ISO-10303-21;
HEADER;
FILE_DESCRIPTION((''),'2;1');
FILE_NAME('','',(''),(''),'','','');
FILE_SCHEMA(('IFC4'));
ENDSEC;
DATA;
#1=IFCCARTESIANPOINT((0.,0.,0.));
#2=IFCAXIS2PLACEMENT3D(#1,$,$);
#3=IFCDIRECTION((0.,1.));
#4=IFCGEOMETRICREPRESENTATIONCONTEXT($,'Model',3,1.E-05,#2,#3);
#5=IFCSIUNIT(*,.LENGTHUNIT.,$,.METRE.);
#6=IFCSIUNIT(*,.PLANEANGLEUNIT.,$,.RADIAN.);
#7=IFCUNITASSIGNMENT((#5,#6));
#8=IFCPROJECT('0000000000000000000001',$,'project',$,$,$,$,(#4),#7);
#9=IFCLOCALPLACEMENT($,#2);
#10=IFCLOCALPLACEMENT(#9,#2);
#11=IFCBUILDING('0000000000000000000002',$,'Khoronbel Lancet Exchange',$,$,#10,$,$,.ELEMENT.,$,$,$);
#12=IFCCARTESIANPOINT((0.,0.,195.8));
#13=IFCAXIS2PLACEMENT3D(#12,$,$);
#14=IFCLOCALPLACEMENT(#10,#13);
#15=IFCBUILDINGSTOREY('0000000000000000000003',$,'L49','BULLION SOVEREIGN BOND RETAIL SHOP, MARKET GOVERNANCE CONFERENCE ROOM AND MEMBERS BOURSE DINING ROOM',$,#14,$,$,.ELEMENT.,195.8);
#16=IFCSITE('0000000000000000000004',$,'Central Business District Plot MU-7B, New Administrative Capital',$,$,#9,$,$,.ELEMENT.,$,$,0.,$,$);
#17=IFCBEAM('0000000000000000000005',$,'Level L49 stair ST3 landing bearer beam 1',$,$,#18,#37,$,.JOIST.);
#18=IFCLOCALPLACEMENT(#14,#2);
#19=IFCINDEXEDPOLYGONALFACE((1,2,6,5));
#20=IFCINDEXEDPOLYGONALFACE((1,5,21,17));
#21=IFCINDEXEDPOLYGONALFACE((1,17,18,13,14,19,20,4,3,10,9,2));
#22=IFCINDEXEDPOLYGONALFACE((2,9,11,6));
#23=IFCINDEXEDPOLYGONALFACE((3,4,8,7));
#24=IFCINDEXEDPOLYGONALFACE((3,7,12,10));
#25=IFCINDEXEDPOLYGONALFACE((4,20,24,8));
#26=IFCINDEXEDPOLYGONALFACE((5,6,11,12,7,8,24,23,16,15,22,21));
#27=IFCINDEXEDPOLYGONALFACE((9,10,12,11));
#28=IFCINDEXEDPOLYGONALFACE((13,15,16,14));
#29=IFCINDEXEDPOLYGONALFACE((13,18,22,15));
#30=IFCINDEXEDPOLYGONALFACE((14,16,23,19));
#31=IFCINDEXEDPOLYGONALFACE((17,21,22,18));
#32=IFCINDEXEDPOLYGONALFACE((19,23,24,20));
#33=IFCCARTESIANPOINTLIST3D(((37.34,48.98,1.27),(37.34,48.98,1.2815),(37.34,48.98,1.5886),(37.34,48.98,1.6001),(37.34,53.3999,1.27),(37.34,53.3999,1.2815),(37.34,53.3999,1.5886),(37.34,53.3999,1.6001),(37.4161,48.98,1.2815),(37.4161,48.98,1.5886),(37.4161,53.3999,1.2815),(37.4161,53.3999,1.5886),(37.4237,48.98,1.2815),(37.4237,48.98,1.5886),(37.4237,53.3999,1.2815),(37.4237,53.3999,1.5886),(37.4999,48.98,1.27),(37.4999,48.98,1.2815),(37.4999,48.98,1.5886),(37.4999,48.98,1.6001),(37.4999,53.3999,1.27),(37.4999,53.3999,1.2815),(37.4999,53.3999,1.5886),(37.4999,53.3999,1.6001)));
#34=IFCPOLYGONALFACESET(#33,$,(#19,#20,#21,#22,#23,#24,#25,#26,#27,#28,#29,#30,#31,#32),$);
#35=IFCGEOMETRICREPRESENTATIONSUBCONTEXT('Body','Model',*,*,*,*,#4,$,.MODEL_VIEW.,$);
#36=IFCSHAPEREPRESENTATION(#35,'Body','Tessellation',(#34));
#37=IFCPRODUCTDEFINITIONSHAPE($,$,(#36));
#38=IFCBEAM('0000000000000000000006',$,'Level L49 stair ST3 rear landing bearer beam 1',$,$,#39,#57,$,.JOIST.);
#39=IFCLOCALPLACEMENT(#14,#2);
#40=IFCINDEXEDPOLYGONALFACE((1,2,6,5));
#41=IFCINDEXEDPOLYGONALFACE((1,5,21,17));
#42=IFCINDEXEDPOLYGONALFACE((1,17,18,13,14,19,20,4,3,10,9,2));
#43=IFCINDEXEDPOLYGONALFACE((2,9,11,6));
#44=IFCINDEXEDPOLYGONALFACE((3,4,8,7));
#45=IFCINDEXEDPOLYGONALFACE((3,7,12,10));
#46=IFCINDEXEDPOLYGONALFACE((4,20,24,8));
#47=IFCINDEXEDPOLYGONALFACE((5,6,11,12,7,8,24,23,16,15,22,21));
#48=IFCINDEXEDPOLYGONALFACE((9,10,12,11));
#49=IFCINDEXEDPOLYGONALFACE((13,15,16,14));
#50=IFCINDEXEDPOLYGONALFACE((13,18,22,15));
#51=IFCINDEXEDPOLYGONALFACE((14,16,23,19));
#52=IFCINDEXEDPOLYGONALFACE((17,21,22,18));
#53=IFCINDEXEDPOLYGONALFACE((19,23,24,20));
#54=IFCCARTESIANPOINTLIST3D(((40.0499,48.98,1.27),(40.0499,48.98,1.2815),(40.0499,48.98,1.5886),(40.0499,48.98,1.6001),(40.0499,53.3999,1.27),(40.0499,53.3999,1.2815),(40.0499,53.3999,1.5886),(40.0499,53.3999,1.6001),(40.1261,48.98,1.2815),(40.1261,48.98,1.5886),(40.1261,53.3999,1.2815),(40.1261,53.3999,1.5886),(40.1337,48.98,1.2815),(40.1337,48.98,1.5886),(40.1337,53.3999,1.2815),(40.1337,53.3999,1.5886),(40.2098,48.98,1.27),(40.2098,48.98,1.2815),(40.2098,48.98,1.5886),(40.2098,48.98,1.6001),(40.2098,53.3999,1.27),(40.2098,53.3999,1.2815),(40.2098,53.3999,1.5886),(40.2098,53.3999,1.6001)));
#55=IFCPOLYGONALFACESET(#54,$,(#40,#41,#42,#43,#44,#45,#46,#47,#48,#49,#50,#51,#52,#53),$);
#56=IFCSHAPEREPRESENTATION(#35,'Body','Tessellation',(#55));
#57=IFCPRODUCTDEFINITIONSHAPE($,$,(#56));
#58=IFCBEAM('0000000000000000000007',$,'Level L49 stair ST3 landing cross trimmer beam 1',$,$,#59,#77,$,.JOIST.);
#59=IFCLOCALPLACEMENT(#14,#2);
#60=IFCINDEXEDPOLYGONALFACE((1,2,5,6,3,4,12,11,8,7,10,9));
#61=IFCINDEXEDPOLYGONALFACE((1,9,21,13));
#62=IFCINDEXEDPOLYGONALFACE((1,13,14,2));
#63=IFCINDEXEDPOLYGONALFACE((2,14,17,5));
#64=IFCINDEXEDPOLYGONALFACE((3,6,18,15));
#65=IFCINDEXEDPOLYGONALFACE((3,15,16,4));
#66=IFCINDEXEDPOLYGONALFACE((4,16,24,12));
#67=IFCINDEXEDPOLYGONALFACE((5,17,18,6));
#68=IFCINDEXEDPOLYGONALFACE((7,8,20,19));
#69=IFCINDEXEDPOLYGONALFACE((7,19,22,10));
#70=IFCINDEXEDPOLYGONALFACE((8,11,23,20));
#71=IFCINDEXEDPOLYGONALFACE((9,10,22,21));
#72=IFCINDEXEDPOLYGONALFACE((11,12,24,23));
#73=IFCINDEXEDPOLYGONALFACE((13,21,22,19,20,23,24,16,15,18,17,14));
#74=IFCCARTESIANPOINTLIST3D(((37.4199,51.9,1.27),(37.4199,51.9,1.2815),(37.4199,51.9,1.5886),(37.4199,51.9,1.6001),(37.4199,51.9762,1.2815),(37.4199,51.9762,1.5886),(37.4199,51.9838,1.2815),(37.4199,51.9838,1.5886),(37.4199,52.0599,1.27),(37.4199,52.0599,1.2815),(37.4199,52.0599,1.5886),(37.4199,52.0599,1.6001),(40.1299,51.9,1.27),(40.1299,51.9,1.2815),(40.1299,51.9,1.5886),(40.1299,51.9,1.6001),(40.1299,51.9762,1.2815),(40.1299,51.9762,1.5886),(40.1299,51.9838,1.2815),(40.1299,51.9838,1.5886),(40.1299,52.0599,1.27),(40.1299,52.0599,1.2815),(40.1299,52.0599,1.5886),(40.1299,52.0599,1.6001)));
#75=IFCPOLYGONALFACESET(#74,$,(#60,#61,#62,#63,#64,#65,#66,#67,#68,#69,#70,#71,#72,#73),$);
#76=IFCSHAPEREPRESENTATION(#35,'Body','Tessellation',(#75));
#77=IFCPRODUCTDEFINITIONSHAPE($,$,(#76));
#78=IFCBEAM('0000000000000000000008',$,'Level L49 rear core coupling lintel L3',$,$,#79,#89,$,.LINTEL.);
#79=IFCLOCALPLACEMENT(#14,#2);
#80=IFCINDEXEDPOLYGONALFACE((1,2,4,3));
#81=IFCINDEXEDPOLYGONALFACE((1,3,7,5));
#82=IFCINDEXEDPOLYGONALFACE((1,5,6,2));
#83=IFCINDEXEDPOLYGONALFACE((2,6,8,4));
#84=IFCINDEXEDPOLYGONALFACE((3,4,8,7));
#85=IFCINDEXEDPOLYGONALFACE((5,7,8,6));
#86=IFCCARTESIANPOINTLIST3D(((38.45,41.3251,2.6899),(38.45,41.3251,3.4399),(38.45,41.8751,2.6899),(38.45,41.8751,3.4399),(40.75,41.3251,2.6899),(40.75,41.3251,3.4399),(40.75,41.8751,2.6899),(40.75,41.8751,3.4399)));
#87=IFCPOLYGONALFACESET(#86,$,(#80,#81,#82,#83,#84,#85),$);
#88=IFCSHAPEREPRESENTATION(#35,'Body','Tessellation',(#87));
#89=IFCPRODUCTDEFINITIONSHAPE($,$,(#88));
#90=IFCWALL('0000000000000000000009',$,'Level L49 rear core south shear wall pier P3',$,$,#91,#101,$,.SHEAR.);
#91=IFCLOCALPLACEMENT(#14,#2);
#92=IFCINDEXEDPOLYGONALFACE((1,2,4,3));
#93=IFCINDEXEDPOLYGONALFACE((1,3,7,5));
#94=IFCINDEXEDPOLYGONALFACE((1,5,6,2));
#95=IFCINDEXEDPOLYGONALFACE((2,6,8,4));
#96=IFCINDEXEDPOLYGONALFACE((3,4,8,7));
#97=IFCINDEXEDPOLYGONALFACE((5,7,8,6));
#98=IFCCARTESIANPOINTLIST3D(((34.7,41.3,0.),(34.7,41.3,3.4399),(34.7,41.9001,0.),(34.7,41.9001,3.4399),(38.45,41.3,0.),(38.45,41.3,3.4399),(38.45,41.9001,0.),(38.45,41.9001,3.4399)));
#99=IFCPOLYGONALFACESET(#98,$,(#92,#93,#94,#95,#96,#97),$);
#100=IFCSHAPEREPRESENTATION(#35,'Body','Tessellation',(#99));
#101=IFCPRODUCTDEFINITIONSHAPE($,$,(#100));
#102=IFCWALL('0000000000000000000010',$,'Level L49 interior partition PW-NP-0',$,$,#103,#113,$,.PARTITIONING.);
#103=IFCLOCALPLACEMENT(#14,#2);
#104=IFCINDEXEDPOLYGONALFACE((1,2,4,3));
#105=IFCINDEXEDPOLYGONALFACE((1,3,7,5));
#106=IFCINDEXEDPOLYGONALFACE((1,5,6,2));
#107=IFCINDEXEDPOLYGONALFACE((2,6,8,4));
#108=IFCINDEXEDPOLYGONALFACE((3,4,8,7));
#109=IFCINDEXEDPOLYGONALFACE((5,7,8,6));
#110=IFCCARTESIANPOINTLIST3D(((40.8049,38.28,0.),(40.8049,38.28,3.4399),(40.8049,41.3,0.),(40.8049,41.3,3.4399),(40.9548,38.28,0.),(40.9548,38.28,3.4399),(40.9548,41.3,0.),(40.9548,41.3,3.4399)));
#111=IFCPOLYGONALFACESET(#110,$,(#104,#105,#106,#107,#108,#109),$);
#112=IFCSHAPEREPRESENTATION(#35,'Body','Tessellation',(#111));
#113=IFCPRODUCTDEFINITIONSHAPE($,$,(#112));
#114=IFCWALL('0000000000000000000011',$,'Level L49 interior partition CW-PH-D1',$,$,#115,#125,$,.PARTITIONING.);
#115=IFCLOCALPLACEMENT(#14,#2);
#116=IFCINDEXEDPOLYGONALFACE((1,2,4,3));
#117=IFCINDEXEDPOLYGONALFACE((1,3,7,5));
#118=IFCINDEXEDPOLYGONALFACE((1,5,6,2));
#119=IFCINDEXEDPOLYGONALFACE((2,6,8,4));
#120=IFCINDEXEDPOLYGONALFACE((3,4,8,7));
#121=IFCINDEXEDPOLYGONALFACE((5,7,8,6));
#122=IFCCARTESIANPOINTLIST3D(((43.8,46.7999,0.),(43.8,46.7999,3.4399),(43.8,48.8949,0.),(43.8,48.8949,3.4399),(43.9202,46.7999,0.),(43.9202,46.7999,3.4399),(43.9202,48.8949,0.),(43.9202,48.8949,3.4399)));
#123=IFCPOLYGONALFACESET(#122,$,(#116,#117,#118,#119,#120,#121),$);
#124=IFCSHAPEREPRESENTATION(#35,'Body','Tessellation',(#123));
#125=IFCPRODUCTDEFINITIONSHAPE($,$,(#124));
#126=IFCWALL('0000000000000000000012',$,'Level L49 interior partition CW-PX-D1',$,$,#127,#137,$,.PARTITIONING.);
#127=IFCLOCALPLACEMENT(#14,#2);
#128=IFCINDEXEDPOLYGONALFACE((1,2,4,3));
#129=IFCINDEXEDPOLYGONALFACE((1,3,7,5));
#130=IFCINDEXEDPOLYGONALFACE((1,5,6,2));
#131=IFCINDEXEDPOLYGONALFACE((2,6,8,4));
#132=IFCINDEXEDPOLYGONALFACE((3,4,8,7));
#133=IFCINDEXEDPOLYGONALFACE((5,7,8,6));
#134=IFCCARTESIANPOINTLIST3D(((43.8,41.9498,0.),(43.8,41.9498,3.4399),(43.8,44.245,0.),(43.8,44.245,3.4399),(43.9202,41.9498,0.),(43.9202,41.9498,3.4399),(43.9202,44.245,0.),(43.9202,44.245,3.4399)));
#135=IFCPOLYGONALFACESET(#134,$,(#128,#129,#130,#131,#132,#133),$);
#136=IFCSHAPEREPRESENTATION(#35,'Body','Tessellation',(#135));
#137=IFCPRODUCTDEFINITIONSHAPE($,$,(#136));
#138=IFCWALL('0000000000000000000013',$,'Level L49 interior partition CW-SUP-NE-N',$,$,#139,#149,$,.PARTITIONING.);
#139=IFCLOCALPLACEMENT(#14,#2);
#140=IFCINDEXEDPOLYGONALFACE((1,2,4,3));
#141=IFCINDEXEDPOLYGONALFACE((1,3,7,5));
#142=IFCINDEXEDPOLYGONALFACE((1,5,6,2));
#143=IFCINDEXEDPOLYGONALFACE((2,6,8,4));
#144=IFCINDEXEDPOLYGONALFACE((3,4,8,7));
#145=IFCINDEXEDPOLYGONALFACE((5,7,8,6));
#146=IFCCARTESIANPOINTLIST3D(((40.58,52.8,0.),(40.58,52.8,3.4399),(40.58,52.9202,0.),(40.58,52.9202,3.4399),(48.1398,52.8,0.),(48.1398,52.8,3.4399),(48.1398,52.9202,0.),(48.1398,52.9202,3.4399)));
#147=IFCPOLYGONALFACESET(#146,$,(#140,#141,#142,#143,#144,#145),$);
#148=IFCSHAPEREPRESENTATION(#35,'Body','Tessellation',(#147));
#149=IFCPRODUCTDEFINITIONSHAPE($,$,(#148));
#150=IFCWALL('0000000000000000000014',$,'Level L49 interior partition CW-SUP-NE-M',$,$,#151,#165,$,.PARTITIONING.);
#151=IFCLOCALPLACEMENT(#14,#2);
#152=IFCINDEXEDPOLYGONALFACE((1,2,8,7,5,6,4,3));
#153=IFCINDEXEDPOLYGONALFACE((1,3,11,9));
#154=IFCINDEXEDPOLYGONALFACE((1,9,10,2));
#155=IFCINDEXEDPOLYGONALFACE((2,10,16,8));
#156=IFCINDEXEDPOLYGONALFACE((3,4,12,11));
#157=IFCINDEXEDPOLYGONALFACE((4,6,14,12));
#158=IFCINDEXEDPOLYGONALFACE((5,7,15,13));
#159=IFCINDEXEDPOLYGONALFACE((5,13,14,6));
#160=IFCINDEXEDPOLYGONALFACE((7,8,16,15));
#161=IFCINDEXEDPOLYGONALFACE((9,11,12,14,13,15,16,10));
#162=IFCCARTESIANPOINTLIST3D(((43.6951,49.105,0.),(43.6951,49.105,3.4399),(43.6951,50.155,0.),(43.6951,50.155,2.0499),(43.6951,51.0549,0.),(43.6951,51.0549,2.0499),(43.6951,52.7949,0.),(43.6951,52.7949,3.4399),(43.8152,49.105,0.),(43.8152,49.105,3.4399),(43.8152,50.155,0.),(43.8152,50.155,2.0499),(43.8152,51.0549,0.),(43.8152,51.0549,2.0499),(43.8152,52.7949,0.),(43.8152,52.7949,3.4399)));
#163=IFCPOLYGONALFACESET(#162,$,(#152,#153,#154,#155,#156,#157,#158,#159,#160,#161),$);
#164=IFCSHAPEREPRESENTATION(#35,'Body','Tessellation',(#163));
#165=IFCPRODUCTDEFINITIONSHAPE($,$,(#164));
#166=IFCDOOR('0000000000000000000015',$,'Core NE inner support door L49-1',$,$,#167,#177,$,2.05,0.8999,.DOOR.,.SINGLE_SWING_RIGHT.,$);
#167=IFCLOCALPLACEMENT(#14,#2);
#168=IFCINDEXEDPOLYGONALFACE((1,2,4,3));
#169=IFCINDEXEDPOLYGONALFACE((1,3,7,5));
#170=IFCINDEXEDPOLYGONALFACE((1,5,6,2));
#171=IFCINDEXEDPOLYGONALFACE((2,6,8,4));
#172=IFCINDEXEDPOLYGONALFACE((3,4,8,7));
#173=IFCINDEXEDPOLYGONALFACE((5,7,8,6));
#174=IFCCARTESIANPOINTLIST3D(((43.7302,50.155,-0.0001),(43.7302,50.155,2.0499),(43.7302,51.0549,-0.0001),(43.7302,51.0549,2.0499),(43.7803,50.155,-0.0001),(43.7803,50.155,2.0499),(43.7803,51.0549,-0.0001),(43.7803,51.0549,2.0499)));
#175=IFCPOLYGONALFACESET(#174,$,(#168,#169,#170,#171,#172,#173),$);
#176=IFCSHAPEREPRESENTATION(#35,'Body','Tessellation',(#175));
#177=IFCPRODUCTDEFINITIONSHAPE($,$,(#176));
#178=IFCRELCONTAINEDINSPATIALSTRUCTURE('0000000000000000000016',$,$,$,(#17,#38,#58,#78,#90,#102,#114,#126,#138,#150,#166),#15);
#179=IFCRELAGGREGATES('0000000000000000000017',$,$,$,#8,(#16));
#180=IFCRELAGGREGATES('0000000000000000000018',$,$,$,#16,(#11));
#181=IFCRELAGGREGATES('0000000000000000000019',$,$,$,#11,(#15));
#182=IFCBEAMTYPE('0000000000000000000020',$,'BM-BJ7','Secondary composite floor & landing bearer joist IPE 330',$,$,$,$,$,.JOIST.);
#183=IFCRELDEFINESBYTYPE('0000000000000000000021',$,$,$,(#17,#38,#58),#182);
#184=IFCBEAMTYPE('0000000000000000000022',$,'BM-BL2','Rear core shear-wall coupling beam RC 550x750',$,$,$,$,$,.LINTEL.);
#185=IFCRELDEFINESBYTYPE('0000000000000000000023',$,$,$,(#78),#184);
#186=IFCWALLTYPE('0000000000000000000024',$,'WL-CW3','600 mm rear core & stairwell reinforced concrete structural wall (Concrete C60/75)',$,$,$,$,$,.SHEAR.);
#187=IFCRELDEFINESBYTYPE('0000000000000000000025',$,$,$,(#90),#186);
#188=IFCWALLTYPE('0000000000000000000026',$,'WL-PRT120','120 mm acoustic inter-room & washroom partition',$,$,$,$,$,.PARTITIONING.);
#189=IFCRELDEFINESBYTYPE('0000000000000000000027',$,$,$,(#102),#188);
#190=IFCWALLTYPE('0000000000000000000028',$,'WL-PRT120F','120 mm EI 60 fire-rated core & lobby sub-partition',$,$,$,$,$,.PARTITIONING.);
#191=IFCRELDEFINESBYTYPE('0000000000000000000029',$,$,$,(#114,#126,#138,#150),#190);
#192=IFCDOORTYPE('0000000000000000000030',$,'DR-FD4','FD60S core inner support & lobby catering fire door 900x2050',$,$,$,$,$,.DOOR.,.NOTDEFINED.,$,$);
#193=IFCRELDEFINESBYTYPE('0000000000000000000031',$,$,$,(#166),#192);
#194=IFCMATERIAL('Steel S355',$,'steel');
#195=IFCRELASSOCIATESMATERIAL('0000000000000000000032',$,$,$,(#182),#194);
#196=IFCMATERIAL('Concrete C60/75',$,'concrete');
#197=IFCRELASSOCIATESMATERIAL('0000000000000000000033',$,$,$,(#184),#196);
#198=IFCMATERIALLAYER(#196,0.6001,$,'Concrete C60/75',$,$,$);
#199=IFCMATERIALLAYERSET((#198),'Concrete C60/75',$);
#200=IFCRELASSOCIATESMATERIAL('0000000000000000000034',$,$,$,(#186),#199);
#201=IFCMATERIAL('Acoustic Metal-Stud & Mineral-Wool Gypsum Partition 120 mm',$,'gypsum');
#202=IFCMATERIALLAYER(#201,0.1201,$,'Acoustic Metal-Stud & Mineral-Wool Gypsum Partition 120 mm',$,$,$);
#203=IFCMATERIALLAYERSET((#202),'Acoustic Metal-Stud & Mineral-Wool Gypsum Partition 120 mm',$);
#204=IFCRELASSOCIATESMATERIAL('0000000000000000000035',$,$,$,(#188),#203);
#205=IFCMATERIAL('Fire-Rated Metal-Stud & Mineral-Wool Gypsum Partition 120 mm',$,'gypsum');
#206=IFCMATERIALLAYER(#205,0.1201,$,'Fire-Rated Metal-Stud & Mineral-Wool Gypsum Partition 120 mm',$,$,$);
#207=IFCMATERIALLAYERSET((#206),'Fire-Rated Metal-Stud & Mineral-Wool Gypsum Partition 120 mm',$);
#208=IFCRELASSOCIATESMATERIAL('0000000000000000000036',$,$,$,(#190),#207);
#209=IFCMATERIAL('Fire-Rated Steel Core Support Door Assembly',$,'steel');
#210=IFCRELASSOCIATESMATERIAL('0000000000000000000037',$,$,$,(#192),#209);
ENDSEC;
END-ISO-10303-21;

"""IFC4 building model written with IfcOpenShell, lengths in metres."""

from ifc_helpers import new_model, si_unit, direction, frame, frame_2d, origin, origin_2d, place, context, subcontext, project, spatial, rectangle, i_section, extrude, material, layer, layer_set, material_profile, profile_set, type_object, element, fill, save


model = new_model("IFC4")

# Units and contexts
model_context = context("Model", 3, precision=1e-05, world=origin(), true_north=direction((0.0, 1.0)))
body_context = subcontext(model_context, "Body", "Model", "MODEL_VIEW")
ifc_project = project(units=[si_unit("LENGTHUNIT", "METRE"), si_unit("PLANEANGLEUNIT", "RADIAN")], contexts=[model_context])

# Site, building, storey
site_placement = place(None, origin())
site = spatial("IfcSite", under=ifc_project, at=site_placement, Name="Central Business District Plot MU-7B, New Administrative Capital", CompositionType="ELEMENT", RefElevation=0.0)
building_placement = place(site_placement, origin())
building = spatial("IfcBuilding", under=site, at=building_placement, Name="Khoronbel Lancet Exchange", CompositionType="ELEMENT")
storey_placement = place(building_placement, frame((0.0, 0.0, 195.8)))
storey = spatial("IfcBuildingStorey", under=building, at=storey_placement, Name="L49", Description="BULLION SOVEREIGN BOND RETAIL SHOP, MARKET GOVERNANCE CONFERENCE ROOM AND MEMBERS BOURSE DINING ROOM", CompositionType="ELEMENT", Elevation=195.8)

# Beams
ifc_material_1 = material(Name="Steel S355", Category="steel")
ifc_material_profile_1 = material_profile(ifc_material_1, i_section(OverallWidth=0.1599, OverallDepth=0.3301, WebThickness=0.0076, FlangeThickness=0.0115, at=origin_2d()), Name="IPE 330")
ifc_profile_set_1 = profile_set([ifc_material_profile_1], Name="Steel S355")
beam_type_1 = type_object("IfcBeamType", Name="BM-BJ7", Description="Secondary composite floor & landing bearer joist IPE 330", PredefinedType="JOIST", material=ifc_profile_set_1)
for number, where, z_axis, x_axis, name in (
    (1, (37.4199, 48.98, 1.4351), (0.0, 1.0, 0.0), (-1.0, 0.0, 0.0), "Level L49 stair ST3 landing bearer beam 1"),
    (2, (40.1299, 48.98, 1.4351), (0.0, 1.0, 0.0), (-1.0, 0.0, 0.0), "Level L49 stair ST3 rear landing bearer beam 1"),
):
    element("IfcBeam", number, at=place(storey_placement, frame(where, z_axis=z_axis, x_axis=x_axis)), inside=storey, type_object=beam_type_1, Name=name, PredefinedType="JOIST", context=body_context, shape_type="SweptSolid", body=[
        extrude(i_section(OverallWidth=0.1599, OverallDepth=0.3301, WebThickness=0.0076, FlangeThickness=0.0115, at=origin_2d()), origin(), (0.0, 0.0, 1.0), 4.4199),
    ])
beam_1_placement = place(storey_placement, frame((37.4199, 51.98, 1.4351), z_axis=(1.0, 0.0, 0.0), x_axis=(0.0, 1.0, 0.0)))
element("IfcBeam", 3, at=beam_1_placement, inside=storey, type_object=beam_type_1, Name="Level L49 stair ST3 landing cross trimmer beam 1", PredefinedType="JOIST", context=body_context, shape_type="SweptSolid", body=[
    extrude(i_section(OverallWidth=0.1599, OverallDepth=0.3301, WebThickness=0.0076, FlangeThickness=0.0115, at=origin_2d()), origin(), (0.0, 0.0, 1.0), 2.71),
])
ifc_material_2 = material(Name="Concrete C60/75", Category="concrete")
ifc_material_profile_2 = material_profile(ifc_material_2, rectangle(XDim=0.55, YDim=0.75, at=origin_2d()), Name="RC 550x750")
ifc_profile_set_2 = profile_set([ifc_material_profile_2], Name="Concrete C60/75")
beam_type_2 = type_object("IfcBeamType", Name="BM-BL2", Description="Rear core shear-wall coupling beam RC 550x750", PredefinedType="LINTEL", material=ifc_profile_set_2)
beam_2_placement = place(storey_placement, frame((38.45, 41.6001, 3.0649), z_axis=(1.0, 0.0, 0.0), x_axis=(0.0, 1.0, 0.0)))
element("IfcBeam", 4, at=beam_2_placement, inside=storey, type_object=beam_type_2, Name="Level L49 rear core coupling lintel L3", PredefinedType="LINTEL", context=body_context, shape_type="SweptSolid", body=[
    extrude(rectangle(XDim=0.55, YDim=0.75, at=origin_2d()), origin(), (0.0, 0.0, 1.0), 2.3),
])

# Walls
ifc_layer_1 = layer(ifc_material_2, 0.6001, Name="Concrete C60/75")
ifc_layer_set_1 = layer_set([ifc_layer_1], Name="Concrete C60/75")
wall_type_1 = type_object("IfcWallType", Name="WL-CW3", Description="600 mm rear core & stairwell reinforced concrete structural wall (Concrete C60/75)", PredefinedType="SHEAR", material=ifc_layer_set_1)
wall_1_placement = place(storey_placement, frame((38.45, 41.6001, 0.0), z_axis=(0.0, 0.0, 1.0), x_axis=(-1.0, 0.0, 0.0)))
element("IfcWall", 5, at=wall_1_placement, inside=storey, type_object=wall_type_1, Name="Level L49 rear core south shear wall pier P3", PredefinedType="SHEAR", context=body_context, shape_type="SweptSolid", body=[
    extrude(rectangle(XDim=3.75, YDim=0.6001, at=frame_2d((1.875, 0.0))), origin(), (0.0, 0.0, 1.0), 3.4399),
])
ifc_material_3 = material(Name="Acoustic Metal-Stud & Mineral-Wool Gypsum Partition 120 mm", Category="gypsum")
ifc_layer_2 = layer(ifc_material_3, 0.1201, Name="Acoustic Metal-Stud & Mineral-Wool Gypsum Partition 120 mm")
ifc_layer_set_2 = layer_set([ifc_layer_2], Name="Acoustic Metal-Stud & Mineral-Wool Gypsum Partition 120 mm")
wall_type_2 = type_object("IfcWallType", Name="WL-PRT120", Description="120 mm acoustic inter-room & washroom partition", PredefinedType="PARTITIONING", material=ifc_layer_set_2)
wall_2_placement = place(storey_placement, frame((40.8799, 38.28, 0.0), z_axis=(0.0, 0.0, 1.0), x_axis=(0.0, 1.0, 0.0)))
element("IfcWall", 6, at=wall_2_placement, inside=storey, type_object=wall_type_2, Name="Level L49 interior partition PW-NP-0", PredefinedType="PARTITIONING", context=body_context, shape_type="SweptSolid", body=[
    extrude(rectangle(XDim=3.02, YDim=0.1499, at=frame_2d((1.51, 0.0))), origin(), (0.0, 0.0, 1.0), 3.4399),
])
ifc_material_4 = material(Name="Fire-Rated Metal-Stud & Mineral-Wool Gypsum Partition 120 mm", Category="gypsum")
ifc_layer_3 = layer(ifc_material_4, 0.1201, Name="Fire-Rated Metal-Stud & Mineral-Wool Gypsum Partition 120 mm")
ifc_layer_set_3 = layer_set([ifc_layer_3], Name="Fire-Rated Metal-Stud & Mineral-Wool Gypsum Partition 120 mm")
wall_type_3 = type_object("IfcWallType", Name="WL-PRT120F", Description="120 mm EI 60 fire-rated core & lobby sub-partition", PredefinedType="PARTITIONING", material=ifc_layer_set_3)
wall_3_placement = place(storey_placement, frame((43.8601, 46.8, 0.0), z_axis=(0.0, 0.0, 1.0), x_axis=(0.0, 1.0, 0.0)))
element("IfcWall", 7, at=wall_3_placement, inside=storey, type_object=wall_type_3, Name="Level L49 interior partition CW-PH-D1", PredefinedType="PARTITIONING", context=body_context, shape_type="SweptSolid", body=[
    extrude(rectangle(XDim=2.095, YDim=0.1201, at=frame_2d((1.0474, 0.0))), origin(), (0.0, 0.0, 1.0), 3.4399),
])
wall_4_placement = place(storey_placement, frame((43.8601, 41.95, 0.0), z_axis=(0.0, 0.0, 1.0), x_axis=(0.0, 1.0, 0.0)))
element("IfcWall", 8, at=wall_4_placement, inside=storey, type_object=wall_type_3, Name="Level L49 interior partition CW-PX-D1", PredefinedType="PARTITIONING", context=body_context, shape_type="SweptSolid", body=[
    extrude(rectangle(XDim=2.2952, YDim=0.1201, at=frame_2d((1.1475, 0.0))), origin(), (0.0, 0.0, 1.0), 3.4399),
])
wall_5_placement = place(storey_placement, frame((40.5801, 52.8601, 0.0), z_axis=(0.0, 0.0, 1.0), x_axis=(1.0, 0.0, 0.0)))
element("IfcWall", 9, at=wall_5_placement, inside=storey, type_object=wall_type_3, Name="Level L49 interior partition CW-SUP-NE-N", PredefinedType="PARTITIONING", context=body_context, shape_type="SweptSolid", body=[
    extrude(rectangle(XDim=7.5598, YDim=0.1201, at=frame_2d((3.7798, 0.0))), origin(), (0.0, 0.0, 1.0), 3.4399),
])

# Wall, opening, door
wall_6_placement = place(storey_placement, frame((43.7551, 49.105, 0.0), z_axis=(0.0, 0.0, 1.0), x_axis=(0.0, 1.0, 0.0)))
wall_6 = element("IfcWall", 10, at=wall_6_placement, inside=storey, type_object=wall_type_3, Name="Level L49 interior partition CW-SUP-NE-M", PredefinedType="PARTITIONING", context=body_context, shape_type="SweptSolid", body=[
    extrude(rectangle(XDim=3.6899, YDim=0.1201, at=frame_2d((1.845, 0.0))), origin(), (0.0, 0.0, 1.0), 3.4399),
])
opening_1_placement = place(wall_6_placement, frame((1.05, 0.0, 0.0)))
opening_1 = element("IfcOpeningElement", 11, at=opening_1_placement, cuts=wall_6, PredefinedType="OPENING", context=body_context, shape_type="SweptSolid", body=[
    extrude(rectangle(XDim=0.8999, YDim=2.05, at=frame_2d((0.45, 1.0249))), frame((0.0, 0.0701, 0.0), z_axis=(0.0, -1.0, 0.0), x_axis=(1.0, 0.0, 0.0)), (0.0, 0.0, 1.0), 0.1401),
])
ifc_material_5 = material(Name="Fire-Rated Steel Core Support Door Assembly", Category="steel")
door_type_1 = type_object("IfcDoorType", Name="DR-FD4", Description="FD60S core inner support & lobby catering fire door 900x2050", OperationType="NOTDEFINED", PredefinedType="DOOR", material=ifc_material_5)
door_1_placement = place(opening_1_placement, origin())
door_1 = element("IfcDoor", 12, at=door_1_placement, inside=storey, type_object=door_type_1, Name="Core NE inner support door L49-1", OperationType="SINGLE_SWING_RIGHT", OverallHeight=2.05, OverallWidth=0.8999, PredefinedType="DOOR", context=body_context, shape_type="SweptSolid", body=[
    extrude(rectangle(XDim=0.8999, YDim=2.05, at=frame_2d((0.45, 1.0249))), frame((0.0, 0.0249, 0.0), z_axis=(0.0, -1.0, 0.0), x_axis=(1.0, 0.0, 0.0)), (0.0, 0.0, 1.0), 0.05),
])
fill(opening_1, door_1)

save(model, "model.ifc")
